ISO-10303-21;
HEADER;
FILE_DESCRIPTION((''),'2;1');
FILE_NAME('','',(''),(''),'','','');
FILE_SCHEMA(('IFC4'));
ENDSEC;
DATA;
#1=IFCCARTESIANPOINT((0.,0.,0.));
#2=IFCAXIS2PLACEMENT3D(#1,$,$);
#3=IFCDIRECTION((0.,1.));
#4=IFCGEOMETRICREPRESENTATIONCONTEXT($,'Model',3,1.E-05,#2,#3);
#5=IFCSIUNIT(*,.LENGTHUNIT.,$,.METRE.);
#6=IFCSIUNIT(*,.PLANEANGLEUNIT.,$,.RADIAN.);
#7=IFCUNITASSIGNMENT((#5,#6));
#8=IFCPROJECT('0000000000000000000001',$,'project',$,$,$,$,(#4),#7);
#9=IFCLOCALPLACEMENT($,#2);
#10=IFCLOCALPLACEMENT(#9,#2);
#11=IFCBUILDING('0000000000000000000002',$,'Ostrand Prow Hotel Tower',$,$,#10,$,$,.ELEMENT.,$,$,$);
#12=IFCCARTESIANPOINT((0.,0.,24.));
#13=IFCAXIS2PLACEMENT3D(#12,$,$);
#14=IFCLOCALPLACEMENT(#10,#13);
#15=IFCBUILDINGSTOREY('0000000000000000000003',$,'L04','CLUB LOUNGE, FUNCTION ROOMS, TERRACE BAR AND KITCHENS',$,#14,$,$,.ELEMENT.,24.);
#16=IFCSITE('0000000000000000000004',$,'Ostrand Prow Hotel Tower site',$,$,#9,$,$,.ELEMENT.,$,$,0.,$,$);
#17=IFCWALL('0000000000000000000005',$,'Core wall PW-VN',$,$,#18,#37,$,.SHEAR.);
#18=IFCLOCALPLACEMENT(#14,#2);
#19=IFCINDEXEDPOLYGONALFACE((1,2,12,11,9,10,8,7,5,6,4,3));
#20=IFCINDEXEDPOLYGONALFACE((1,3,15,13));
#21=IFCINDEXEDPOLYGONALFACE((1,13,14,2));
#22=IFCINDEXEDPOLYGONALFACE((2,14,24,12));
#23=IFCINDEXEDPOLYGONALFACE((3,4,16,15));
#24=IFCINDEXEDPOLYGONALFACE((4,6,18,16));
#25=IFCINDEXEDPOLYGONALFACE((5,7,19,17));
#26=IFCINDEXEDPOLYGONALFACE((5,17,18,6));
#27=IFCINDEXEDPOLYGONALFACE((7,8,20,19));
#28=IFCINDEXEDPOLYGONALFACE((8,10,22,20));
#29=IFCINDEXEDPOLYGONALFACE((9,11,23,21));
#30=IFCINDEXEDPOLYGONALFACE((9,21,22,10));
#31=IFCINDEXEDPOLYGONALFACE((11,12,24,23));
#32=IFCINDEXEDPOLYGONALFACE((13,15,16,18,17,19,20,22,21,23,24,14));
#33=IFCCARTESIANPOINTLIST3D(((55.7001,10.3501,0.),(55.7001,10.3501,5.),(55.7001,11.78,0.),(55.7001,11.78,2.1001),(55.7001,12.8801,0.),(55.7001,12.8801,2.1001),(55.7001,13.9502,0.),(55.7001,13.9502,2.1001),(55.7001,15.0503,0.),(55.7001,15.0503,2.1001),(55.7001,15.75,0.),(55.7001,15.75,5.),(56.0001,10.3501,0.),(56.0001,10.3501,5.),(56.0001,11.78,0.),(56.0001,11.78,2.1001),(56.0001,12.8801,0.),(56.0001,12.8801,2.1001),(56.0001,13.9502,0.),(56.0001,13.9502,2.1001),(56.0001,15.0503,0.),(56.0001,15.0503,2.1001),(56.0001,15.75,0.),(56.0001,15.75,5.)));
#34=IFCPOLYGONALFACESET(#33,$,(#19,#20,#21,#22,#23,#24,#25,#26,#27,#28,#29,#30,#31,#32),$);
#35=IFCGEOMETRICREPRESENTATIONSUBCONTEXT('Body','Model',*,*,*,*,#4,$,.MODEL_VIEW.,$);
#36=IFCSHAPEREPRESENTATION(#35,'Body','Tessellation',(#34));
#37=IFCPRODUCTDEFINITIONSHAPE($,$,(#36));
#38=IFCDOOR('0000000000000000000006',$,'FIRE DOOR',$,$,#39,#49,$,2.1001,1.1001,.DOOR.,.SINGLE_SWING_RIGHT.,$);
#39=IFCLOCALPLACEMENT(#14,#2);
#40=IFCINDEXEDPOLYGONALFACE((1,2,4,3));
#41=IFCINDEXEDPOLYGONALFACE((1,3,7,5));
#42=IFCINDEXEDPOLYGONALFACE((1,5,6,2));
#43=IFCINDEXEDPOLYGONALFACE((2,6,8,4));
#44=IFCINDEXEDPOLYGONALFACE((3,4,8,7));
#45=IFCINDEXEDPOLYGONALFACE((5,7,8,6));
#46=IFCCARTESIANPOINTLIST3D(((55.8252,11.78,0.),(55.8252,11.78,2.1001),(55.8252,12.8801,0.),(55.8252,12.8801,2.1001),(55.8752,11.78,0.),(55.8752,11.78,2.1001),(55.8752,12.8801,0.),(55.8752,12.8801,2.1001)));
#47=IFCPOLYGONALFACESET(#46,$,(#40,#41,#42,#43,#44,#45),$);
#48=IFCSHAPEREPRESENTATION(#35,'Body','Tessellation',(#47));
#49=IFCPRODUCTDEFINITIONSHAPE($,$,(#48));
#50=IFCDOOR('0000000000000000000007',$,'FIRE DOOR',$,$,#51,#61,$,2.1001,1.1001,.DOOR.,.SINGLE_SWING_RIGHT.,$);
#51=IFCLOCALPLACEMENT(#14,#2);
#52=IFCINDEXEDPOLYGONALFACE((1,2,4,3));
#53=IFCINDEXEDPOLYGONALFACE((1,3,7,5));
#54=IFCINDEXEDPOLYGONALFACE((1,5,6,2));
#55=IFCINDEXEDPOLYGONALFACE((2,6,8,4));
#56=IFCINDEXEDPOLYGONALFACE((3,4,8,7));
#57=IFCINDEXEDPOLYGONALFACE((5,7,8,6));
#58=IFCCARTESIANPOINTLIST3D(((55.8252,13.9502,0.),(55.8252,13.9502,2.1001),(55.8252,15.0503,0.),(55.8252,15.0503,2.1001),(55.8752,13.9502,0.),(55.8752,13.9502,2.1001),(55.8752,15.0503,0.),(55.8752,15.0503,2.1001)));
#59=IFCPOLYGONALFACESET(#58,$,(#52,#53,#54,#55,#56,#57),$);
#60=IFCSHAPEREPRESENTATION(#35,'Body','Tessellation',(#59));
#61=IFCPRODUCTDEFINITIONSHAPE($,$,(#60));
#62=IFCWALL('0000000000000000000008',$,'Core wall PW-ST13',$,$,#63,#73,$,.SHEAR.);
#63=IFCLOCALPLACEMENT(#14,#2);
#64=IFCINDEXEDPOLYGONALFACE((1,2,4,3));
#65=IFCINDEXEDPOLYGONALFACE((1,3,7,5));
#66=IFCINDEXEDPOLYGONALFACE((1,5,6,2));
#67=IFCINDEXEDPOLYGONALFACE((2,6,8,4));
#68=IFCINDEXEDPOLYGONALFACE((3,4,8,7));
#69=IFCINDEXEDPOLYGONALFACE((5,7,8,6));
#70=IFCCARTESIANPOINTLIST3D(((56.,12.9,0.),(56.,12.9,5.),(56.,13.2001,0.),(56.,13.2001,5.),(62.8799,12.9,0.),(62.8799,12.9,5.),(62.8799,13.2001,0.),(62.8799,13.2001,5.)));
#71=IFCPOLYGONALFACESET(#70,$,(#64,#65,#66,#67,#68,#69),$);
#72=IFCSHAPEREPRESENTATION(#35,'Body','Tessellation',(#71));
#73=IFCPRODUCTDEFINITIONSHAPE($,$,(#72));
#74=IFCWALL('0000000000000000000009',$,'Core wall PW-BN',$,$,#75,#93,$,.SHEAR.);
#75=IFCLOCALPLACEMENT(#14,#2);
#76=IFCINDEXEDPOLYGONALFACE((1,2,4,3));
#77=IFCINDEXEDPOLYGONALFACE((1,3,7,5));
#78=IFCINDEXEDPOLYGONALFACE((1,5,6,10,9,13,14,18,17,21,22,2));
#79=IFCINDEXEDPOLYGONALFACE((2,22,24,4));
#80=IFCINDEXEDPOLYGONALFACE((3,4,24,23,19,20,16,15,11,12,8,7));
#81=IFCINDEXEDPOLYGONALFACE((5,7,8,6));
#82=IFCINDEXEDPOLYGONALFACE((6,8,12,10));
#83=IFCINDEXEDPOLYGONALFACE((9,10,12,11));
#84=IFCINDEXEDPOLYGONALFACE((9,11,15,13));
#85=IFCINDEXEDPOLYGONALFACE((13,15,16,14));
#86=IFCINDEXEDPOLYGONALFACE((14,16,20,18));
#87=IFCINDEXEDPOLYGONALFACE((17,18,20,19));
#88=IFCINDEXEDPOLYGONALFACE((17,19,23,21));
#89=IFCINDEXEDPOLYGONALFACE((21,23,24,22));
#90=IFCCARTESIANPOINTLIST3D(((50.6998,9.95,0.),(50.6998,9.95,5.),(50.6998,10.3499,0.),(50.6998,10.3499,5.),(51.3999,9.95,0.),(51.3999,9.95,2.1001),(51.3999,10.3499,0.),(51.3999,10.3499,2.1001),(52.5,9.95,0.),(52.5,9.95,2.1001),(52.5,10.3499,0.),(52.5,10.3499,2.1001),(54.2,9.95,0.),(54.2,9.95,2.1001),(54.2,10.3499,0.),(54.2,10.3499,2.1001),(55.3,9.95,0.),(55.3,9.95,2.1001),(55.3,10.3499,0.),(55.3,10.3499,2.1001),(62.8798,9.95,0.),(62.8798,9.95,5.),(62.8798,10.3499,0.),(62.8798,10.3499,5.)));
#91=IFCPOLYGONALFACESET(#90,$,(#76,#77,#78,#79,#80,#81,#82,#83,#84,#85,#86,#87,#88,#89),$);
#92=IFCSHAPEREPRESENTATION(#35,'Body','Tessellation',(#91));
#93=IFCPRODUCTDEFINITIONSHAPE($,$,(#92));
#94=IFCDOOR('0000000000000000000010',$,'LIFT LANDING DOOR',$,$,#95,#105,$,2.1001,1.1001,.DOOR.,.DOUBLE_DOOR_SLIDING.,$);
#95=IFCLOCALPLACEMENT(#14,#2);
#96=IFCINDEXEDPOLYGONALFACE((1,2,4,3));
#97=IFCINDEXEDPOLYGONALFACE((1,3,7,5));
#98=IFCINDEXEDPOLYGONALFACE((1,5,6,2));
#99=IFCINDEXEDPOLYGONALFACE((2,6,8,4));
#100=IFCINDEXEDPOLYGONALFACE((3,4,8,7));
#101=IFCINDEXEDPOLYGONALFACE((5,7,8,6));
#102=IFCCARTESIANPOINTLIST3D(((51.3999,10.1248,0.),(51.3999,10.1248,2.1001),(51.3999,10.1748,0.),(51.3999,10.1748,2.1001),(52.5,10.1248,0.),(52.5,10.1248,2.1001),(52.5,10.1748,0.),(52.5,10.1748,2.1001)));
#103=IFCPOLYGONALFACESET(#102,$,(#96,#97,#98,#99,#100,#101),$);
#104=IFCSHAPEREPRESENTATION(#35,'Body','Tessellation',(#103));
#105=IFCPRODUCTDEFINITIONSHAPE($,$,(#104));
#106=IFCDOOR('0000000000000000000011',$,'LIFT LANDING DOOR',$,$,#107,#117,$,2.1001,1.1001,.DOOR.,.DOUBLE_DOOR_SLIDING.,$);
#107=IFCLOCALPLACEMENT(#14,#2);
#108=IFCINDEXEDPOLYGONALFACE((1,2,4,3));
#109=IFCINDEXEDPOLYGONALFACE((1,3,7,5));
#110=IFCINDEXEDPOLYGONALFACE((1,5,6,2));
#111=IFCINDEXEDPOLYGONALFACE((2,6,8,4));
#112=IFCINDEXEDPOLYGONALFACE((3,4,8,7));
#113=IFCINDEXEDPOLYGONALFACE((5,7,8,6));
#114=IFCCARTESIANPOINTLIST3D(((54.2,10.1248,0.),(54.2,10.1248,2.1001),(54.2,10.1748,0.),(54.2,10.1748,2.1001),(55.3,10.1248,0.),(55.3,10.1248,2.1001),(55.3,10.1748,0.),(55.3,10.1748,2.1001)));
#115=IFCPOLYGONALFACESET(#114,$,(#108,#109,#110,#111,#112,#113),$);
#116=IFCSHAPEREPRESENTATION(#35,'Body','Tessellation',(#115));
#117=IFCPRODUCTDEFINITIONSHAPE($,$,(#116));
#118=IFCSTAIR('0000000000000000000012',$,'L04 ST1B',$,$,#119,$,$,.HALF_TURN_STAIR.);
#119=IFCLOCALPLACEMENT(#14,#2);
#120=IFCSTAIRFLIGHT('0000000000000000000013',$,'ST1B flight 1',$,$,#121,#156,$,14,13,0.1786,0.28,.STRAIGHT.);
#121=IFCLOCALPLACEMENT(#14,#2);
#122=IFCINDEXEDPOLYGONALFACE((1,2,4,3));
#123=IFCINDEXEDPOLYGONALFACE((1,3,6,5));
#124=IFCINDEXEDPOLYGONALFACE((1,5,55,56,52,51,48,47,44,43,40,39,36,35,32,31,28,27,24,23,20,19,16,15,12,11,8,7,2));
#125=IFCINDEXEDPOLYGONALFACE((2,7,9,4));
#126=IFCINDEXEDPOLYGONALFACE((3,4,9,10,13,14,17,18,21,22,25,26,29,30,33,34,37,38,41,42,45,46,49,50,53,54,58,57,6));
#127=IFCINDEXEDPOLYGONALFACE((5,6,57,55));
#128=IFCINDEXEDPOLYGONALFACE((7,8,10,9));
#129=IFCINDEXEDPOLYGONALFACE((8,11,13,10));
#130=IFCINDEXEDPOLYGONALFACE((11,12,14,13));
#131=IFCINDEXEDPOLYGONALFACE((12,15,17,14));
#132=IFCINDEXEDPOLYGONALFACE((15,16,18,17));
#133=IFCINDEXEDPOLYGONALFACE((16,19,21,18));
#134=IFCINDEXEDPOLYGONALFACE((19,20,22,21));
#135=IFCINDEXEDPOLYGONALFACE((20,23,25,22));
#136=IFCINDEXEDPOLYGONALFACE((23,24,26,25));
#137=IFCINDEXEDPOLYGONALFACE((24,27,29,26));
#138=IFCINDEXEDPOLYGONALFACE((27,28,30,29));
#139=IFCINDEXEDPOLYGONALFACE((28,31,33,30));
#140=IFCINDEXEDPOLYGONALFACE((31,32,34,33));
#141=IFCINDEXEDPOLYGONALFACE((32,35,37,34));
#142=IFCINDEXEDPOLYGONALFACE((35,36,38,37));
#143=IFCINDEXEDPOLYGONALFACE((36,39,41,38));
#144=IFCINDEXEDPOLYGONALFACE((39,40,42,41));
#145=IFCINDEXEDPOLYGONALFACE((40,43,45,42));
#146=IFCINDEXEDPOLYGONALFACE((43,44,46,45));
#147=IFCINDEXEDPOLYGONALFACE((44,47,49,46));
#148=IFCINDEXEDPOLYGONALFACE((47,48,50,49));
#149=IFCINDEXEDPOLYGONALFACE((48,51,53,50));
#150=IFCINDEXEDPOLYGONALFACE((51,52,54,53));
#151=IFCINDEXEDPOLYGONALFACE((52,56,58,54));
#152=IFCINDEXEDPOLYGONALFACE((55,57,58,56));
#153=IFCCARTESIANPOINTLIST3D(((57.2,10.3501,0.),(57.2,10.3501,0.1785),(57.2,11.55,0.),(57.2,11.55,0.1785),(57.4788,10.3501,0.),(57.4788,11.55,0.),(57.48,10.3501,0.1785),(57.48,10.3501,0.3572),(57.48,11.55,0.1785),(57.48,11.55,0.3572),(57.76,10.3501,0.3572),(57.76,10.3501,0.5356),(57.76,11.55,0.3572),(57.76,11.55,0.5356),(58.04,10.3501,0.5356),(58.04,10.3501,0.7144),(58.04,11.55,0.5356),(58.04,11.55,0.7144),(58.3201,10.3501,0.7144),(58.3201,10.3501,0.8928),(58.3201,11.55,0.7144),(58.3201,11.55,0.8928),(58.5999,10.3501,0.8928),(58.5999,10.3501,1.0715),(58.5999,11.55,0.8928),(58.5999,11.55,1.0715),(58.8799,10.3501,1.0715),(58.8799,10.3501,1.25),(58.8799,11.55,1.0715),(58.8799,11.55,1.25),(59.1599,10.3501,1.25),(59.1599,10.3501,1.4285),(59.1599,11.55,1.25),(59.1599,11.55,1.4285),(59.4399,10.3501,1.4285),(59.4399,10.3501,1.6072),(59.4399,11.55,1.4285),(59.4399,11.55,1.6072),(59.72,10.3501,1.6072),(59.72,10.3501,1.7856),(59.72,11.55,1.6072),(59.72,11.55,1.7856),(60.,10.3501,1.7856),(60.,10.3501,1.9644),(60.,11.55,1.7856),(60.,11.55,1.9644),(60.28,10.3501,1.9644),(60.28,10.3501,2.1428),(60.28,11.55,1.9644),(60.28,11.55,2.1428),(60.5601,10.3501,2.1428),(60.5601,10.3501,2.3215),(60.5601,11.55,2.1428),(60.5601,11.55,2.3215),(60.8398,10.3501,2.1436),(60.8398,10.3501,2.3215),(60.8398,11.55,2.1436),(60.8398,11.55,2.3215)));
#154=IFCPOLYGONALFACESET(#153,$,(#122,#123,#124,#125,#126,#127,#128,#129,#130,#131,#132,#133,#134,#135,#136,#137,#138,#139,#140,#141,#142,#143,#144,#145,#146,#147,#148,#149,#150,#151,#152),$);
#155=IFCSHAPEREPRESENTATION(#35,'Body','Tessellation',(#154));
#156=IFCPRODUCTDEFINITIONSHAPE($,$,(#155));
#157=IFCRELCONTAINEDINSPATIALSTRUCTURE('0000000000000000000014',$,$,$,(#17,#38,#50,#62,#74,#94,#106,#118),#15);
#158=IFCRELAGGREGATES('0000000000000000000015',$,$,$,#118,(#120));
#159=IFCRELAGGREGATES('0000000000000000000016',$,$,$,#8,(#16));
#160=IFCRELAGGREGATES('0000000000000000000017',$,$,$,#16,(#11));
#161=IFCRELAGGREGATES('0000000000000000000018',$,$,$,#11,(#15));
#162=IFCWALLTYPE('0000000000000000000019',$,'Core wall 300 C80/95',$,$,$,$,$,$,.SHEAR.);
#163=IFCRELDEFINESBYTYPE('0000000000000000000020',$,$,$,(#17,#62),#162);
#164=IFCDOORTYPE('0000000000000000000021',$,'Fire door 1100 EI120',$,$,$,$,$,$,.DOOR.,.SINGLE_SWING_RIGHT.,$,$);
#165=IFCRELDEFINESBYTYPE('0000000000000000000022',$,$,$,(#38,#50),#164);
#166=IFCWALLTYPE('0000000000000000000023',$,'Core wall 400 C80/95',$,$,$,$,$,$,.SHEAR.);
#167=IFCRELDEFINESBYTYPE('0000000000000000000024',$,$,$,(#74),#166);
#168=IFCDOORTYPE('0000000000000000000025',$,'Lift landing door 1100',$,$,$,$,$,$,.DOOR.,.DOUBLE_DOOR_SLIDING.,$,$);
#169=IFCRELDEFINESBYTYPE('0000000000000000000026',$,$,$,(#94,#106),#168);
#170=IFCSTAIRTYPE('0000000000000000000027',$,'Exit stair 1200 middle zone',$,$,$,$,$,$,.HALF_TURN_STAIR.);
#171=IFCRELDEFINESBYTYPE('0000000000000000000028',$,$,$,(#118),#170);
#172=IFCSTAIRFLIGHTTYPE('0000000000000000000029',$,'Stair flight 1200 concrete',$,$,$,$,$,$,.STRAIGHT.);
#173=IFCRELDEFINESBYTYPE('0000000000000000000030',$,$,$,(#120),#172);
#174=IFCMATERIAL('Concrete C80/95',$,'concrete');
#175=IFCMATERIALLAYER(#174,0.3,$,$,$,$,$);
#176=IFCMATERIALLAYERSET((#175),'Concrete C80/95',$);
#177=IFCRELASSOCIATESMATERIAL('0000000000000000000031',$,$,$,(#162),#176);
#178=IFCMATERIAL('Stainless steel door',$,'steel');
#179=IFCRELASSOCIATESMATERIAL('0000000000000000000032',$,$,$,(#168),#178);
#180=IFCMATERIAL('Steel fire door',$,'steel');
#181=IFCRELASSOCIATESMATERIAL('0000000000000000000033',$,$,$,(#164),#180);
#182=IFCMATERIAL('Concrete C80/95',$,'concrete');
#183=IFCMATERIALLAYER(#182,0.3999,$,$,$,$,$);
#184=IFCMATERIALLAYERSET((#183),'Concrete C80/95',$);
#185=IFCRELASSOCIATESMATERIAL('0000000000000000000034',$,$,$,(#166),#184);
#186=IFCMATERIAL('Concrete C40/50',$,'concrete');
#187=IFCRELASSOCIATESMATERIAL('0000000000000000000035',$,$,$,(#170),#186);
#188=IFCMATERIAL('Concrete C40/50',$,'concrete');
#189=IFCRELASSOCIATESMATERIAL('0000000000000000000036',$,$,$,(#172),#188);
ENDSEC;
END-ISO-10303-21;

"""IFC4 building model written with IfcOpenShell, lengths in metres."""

from ifc_helpers import new_model, si_unit, direction, frame, frame_2d, origin, place, context, subcontext, project, spatial, polyline, rectangle, outline, extrude, material, layer, layer_set, type_object, element, fill, aggregate, save


model = new_model("IFC4")

# Units and contexts
model_context = context("Model", 3, precision=1e-05, world=origin(), true_north=direction((0.0, 1.0)))
body_context = subcontext(model_context, "Body", "Model", "MODEL_VIEW")
ifc_project = project(units=[si_unit("LENGTHUNIT", "METRE"), si_unit("PLANEANGLEUNIT", "RADIAN")], contexts=[model_context])

# Site, building, storey
site_placement = place(None, origin())
site = spatial("IfcSite", under=ifc_project, at=site_placement, Name="Ostrand Prow Hotel Tower site", CompositionType="ELEMENT", RefElevation=0.0)
building_placement = place(site_placement, origin())
building = spatial("IfcBuilding", under=site, at=building_placement, Name="Ostrand Prow Hotel Tower", CompositionType="ELEMENT")
storey_placement = place(building_placement, frame((0.0, 0.0, 24.0)))
storey = spatial("IfcBuildingStorey", under=building, at=storey_placement, Name="L04", Description="CLUB LOUNGE, FUNCTION ROOMS, TERRACE BAR AND KITCHENS", CompositionType="ELEMENT", Elevation=24.0)

# Shared definitions
ifc_material_1 = material(Name="Concrete C80/95", Category="concrete")
ifc_layer_1 = layer(ifc_material_1, 0.3)
ifc_layer_set_1 = layer_set([ifc_layer_1], Name="Concrete C80/95")
wall_type_1 = type_object("IfcWallType", Name="Core wall 300 C80/95", PredefinedType="SHEAR", material=ifc_layer_set_1)
ifc_material_2 = material(Name="Stainless steel door", Category="steel")
door_type_1 = type_object("IfcDoorType", Name="Lift landing door 1100", OperationType="DOUBLE_DOOR_SLIDING", PredefinedType="DOOR", material=ifc_material_2)

# Wall, openings, doors
wall_1_placement = place(storey_placement, frame((55.8501, 10.3501, 0.0), z_axis=(0.0, 0.0, 1.0), x_axis=(0.0, 1.0, 0.0)))
wall_1 = element("IfcWall", 1, at=wall_1_placement, inside=storey, type_object=wall_type_1, Name="Core wall PW-VN", PredefinedType="SHEAR", context=body_context, shape_type="SweptSolid", body=[
    extrude(rectangle(XDim=5.3999, YDim=0.3, at=frame_2d((2.7, 0.0))), origin(), (0.0, 0.0, 1.0), 5.0),
])
opening_1_placement = place(wall_1_placement, frame((1.4299, 0.0, 0.0)))
opening_1 = element("IfcOpeningElement", 2, at=opening_1_placement, cuts=wall_1, PredefinedType="OPENING", context=body_context, shape_type="SweptSolid", body=[
    extrude(rectangle(XDim=1.1001, YDim=2.1001, at=frame_2d((0.55, 1.05))), frame((0.0, 0.1599, 0.0), z_axis=(0.0, -1.0, 0.0), x_axis=(1.0, 0.0, 0.0)), (0.0, 0.0, 1.0), 0.3201),
])
opening_2_placement = place(wall_1_placement, frame((3.6001, 0.0, 0.0)))
opening_2 = element("IfcOpeningElement", 3, at=opening_2_placement, cuts=wall_1, PredefinedType="OPENING", context=body_context, shape_type="SweptSolid", body=[
    extrude(rectangle(XDim=1.1001, YDim=2.1001, at=frame_2d((0.55, 1.05))), frame((0.0, 0.1599, 0.0), z_axis=(0.0, -1.0, 0.0), x_axis=(1.0, 0.0, 0.0)), (0.0, 0.0, 1.0), 0.3201),
])
ifc_material_3 = material(Name="Steel fire door", Category="steel")
door_type_2 = type_object("IfcDoorType", Name="Fire door 1100 EI120", OperationType="SINGLE_SWING_RIGHT", PredefinedType="DOOR", material=ifc_material_3)
door_1_placement = place(opening_1_placement, origin())
door_1 = element("IfcDoor", 4, at=door_1_placement, inside=storey, type_object=door_type_2, Name="FIRE DOOR", OperationType="SINGLE_SWING_RIGHT", OverallHeight=2.1001, OverallWidth=1.1001, PredefinedType="DOOR", context=body_context, shape_type="SweptSolid", body=[
    extrude(rectangle(XDim=1.1001, YDim=2.1001, at=frame_2d((0.55, 1.05))), frame((0.0, 0.0249, 0.0), z_axis=(0.0, -1.0, 0.0), x_axis=(1.0, 0.0, 0.0)), (0.0, 0.0, 1.0), 0.05),
])
fill(opening_1, door_1)
door_2_placement = place(opening_2_placement, origin())
door_2 = element("IfcDoor", 5, at=door_2_placement, inside=storey, type_object=door_type_2, Name="FIRE DOOR", OperationType="SINGLE_SWING_RIGHT", OverallHeight=2.1001, OverallWidth=1.1001, PredefinedType="DOOR", context=body_context, shape_type="SweptSolid", body=[
    extrude(rectangle(XDim=1.1001, YDim=2.1001, at=frame_2d((0.55, 1.05))), frame((0.0, 0.0249, 0.0), z_axis=(0.0, -1.0, 0.0), x_axis=(1.0, 0.0, 0.0)), (0.0, 0.0, 1.0), 0.05),
])
fill(opening_2, door_2)

# Wall
wall_2_placement = place(storey_placement, frame((56.0, 13.05, 0.0), z_axis=(0.0, 0.0, 1.0), x_axis=(1.0, 0.0, 0.0)))
element("IfcWall", 6, at=wall_2_placement, inside=storey, type_object=wall_type_1, Name="Core wall PW-ST13", PredefinedType="SHEAR", context=body_context, shape_type="SweptSolid", body=[
    extrude(rectangle(XDim=6.8799, YDim=0.3, at=frame_2d((3.4399, 0.0))), origin(), (0.0, 0.0, 1.0), 5.0),
])

# Wall, openings, doors
ifc_material_4 = material(Name="Concrete C80/95", Category="concrete")
ifc_layer_2 = layer(ifc_material_4, 0.3999)
ifc_layer_set_2 = layer_set([ifc_layer_2], Name="Concrete C80/95")
wall_type_2 = type_object("IfcWallType", Name="Core wall 400 C80/95", PredefinedType="SHEAR", material=ifc_layer_set_2)
wall_3_placement = place(storey_placement, frame((50.7, 10.1499, 0.0), z_axis=(0.0, 0.0, 1.0), x_axis=(1.0, 0.0, 0.0)))
wall_3 = element("IfcWall", 7, at=wall_3_placement, inside=storey, type_object=wall_type_2, Name="Core wall PW-BN", PredefinedType="SHEAR", context=body_context, shape_type="SweptSolid", body=[
    extrude(rectangle(XDim=12.1799, YDim=0.3999, at=frame_2d((6.0898, 0.0))), origin(), (0.0, 0.0, 1.0), 5.0),
])
opening_3_placement = place(wall_3_placement, frame((0.7, 0.0, 0.0)))
opening_3 = element("IfcOpeningElement", 8, at=opening_3_placement, cuts=wall_3, PredefinedType="OPENING", context=body_context, shape_type="SweptSolid", body=[
    extrude(rectangle(XDim=1.1001, YDim=2.1001, at=frame_2d((0.55, 1.05))), frame((0.0, 0.21, 0.0), z_axis=(0.0, -1.0, 0.0), x_axis=(1.0, 0.0, 0.0)), (0.0, 0.0, 1.0), 0.4199),
])
opening_4_placement = place(wall_3_placement, frame((3.5, 0.0, 0.0)))
opening_4 = element("IfcOpeningElement", 9, at=opening_4_placement, cuts=wall_3, PredefinedType="OPENING", context=body_context, shape_type="SweptSolid", body=[
    extrude(rectangle(XDim=1.1001, YDim=2.1001, at=frame_2d((0.55, 1.05))), frame((0.0, 0.21, 0.0), z_axis=(0.0, -1.0, 0.0), x_axis=(1.0, 0.0, 0.0)), (0.0, 0.0, 1.0), 0.4199),
])
door_3_placement = place(opening_3_placement, origin())
door_3 = element("IfcDoor", 10, at=door_3_placement, inside=storey, type_object=door_type_1, Name="LIFT LANDING DOOR", OperationType="DOUBLE_DOOR_SLIDING", OverallHeight=2.1001, OverallWidth=1.1001, PredefinedType="DOOR", context=body_context, shape_type="SweptSolid", body=[
    extrude(rectangle(XDim=1.1001, YDim=2.1001, at=frame_2d((0.55, 1.05))), frame((0.0, 0.0249, 0.0), z_axis=(0.0, -1.0, 0.0), x_axis=(1.0, 0.0, 0.0)), (0.0, 0.0, 1.0), 0.05),
])
fill(opening_3, door_3)
door_4_placement = place(opening_4_placement, origin())
door_4 = element("IfcDoor", 11, at=door_4_placement, inside=storey, type_object=door_type_1, Name="LIFT LANDING DOOR", OperationType="DOUBLE_DOOR_SLIDING", OverallHeight=2.1001, OverallWidth=1.1001, PredefinedType="DOOR", context=body_context, shape_type="SweptSolid", body=[
    extrude(rectangle(XDim=1.1001, YDim=2.1001, at=frame_2d((0.55, 1.05))), frame((0.0, 0.0249, 0.0), z_axis=(0.0, -1.0, 0.0), x_axis=(1.0, 0.0, 0.0)), (0.0, 0.0, 1.0), 0.05),
])
fill(opening_4, door_4)

# Stair, stair flight
ifc_material_5 = material(Name="Concrete C40/50", Category="concrete")
stair_type = type_object("IfcStairType", Name="Exit stair 1200 middle zone", PredefinedType="HALF_TURN_STAIR", material=ifc_material_5)
stair_1_placement = place(storey_placement, origin())
stair_1 = element("IfcStair", 12, at=stair_1_placement, inside=storey, type_object=stair_type, Name="L04 ST1B", PredefinedType="HALF_TURN_STAIR")
ifc_material_6 = material(Name="Concrete C40/50", Category="concrete")
stair_flight_type = type_object("IfcStairFlightType", Name="Stair flight 1200 concrete", PredefinedType="STRAIGHT", material=ifc_material_6)
stair_flight_1_placement = place(storey_placement, frame((57.2, 10.95, 0.0), z_axis=(0.0, 0.0, 1.0), x_axis=(1.0, 0.0, 0.0)))
stair_flight_1 = element("IfcStairFlight", 13, at=stair_flight_1_placement, type_object=stair_flight_type, Name="ST1B flight 1", NumberOfRisers=14, NumberOfTreads=13, PredefinedType="STRAIGHT", RiserHeight=0.1786, TreadLength=0.28, context=body_context, shape_type="SweptSolid", body=[
    extrude(outline(polyline([(0.0, 0.0), (0.0, 0.1785), (0.28, 0.1785), (0.28, 0.3572), (0.5601, 0.3572), (0.5601, 0.5356), (0.8401, 0.5356), (0.8401, 0.7144), (1.1201, 0.7144), (1.1201, 0.8928), (1.3999, 0.8928), (1.3999, 1.0715), (1.6799, 1.0715), (1.6799, 1.25), (1.96, 1.25), (1.96, 1.4285), (2.24, 1.4285), (2.24, 1.6072), (2.52, 1.6072), (2.52, 1.7856), (2.8, 1.7856), (2.8, 1.9644), (3.0801, 1.9644), (3.0801, 2.1428), (3.3601, 2.1428), (3.3601, 2.3215), (3.6399, 2.3215), (3.6399, 2.5), (3.6399, 2.1436), (0.2788, 0.0), (0.0, 0.0)])), frame((0.0, 0.6001, 0.0), z_axis=(0.0, -1.0, 0.0), x_axis=(1.0, 0.0, 0.0)), (0.0, 0.0, 1.0), 1.2),
])
aggregate(stair_1, [stair_flight_1])

save(model, "model.ifc")
